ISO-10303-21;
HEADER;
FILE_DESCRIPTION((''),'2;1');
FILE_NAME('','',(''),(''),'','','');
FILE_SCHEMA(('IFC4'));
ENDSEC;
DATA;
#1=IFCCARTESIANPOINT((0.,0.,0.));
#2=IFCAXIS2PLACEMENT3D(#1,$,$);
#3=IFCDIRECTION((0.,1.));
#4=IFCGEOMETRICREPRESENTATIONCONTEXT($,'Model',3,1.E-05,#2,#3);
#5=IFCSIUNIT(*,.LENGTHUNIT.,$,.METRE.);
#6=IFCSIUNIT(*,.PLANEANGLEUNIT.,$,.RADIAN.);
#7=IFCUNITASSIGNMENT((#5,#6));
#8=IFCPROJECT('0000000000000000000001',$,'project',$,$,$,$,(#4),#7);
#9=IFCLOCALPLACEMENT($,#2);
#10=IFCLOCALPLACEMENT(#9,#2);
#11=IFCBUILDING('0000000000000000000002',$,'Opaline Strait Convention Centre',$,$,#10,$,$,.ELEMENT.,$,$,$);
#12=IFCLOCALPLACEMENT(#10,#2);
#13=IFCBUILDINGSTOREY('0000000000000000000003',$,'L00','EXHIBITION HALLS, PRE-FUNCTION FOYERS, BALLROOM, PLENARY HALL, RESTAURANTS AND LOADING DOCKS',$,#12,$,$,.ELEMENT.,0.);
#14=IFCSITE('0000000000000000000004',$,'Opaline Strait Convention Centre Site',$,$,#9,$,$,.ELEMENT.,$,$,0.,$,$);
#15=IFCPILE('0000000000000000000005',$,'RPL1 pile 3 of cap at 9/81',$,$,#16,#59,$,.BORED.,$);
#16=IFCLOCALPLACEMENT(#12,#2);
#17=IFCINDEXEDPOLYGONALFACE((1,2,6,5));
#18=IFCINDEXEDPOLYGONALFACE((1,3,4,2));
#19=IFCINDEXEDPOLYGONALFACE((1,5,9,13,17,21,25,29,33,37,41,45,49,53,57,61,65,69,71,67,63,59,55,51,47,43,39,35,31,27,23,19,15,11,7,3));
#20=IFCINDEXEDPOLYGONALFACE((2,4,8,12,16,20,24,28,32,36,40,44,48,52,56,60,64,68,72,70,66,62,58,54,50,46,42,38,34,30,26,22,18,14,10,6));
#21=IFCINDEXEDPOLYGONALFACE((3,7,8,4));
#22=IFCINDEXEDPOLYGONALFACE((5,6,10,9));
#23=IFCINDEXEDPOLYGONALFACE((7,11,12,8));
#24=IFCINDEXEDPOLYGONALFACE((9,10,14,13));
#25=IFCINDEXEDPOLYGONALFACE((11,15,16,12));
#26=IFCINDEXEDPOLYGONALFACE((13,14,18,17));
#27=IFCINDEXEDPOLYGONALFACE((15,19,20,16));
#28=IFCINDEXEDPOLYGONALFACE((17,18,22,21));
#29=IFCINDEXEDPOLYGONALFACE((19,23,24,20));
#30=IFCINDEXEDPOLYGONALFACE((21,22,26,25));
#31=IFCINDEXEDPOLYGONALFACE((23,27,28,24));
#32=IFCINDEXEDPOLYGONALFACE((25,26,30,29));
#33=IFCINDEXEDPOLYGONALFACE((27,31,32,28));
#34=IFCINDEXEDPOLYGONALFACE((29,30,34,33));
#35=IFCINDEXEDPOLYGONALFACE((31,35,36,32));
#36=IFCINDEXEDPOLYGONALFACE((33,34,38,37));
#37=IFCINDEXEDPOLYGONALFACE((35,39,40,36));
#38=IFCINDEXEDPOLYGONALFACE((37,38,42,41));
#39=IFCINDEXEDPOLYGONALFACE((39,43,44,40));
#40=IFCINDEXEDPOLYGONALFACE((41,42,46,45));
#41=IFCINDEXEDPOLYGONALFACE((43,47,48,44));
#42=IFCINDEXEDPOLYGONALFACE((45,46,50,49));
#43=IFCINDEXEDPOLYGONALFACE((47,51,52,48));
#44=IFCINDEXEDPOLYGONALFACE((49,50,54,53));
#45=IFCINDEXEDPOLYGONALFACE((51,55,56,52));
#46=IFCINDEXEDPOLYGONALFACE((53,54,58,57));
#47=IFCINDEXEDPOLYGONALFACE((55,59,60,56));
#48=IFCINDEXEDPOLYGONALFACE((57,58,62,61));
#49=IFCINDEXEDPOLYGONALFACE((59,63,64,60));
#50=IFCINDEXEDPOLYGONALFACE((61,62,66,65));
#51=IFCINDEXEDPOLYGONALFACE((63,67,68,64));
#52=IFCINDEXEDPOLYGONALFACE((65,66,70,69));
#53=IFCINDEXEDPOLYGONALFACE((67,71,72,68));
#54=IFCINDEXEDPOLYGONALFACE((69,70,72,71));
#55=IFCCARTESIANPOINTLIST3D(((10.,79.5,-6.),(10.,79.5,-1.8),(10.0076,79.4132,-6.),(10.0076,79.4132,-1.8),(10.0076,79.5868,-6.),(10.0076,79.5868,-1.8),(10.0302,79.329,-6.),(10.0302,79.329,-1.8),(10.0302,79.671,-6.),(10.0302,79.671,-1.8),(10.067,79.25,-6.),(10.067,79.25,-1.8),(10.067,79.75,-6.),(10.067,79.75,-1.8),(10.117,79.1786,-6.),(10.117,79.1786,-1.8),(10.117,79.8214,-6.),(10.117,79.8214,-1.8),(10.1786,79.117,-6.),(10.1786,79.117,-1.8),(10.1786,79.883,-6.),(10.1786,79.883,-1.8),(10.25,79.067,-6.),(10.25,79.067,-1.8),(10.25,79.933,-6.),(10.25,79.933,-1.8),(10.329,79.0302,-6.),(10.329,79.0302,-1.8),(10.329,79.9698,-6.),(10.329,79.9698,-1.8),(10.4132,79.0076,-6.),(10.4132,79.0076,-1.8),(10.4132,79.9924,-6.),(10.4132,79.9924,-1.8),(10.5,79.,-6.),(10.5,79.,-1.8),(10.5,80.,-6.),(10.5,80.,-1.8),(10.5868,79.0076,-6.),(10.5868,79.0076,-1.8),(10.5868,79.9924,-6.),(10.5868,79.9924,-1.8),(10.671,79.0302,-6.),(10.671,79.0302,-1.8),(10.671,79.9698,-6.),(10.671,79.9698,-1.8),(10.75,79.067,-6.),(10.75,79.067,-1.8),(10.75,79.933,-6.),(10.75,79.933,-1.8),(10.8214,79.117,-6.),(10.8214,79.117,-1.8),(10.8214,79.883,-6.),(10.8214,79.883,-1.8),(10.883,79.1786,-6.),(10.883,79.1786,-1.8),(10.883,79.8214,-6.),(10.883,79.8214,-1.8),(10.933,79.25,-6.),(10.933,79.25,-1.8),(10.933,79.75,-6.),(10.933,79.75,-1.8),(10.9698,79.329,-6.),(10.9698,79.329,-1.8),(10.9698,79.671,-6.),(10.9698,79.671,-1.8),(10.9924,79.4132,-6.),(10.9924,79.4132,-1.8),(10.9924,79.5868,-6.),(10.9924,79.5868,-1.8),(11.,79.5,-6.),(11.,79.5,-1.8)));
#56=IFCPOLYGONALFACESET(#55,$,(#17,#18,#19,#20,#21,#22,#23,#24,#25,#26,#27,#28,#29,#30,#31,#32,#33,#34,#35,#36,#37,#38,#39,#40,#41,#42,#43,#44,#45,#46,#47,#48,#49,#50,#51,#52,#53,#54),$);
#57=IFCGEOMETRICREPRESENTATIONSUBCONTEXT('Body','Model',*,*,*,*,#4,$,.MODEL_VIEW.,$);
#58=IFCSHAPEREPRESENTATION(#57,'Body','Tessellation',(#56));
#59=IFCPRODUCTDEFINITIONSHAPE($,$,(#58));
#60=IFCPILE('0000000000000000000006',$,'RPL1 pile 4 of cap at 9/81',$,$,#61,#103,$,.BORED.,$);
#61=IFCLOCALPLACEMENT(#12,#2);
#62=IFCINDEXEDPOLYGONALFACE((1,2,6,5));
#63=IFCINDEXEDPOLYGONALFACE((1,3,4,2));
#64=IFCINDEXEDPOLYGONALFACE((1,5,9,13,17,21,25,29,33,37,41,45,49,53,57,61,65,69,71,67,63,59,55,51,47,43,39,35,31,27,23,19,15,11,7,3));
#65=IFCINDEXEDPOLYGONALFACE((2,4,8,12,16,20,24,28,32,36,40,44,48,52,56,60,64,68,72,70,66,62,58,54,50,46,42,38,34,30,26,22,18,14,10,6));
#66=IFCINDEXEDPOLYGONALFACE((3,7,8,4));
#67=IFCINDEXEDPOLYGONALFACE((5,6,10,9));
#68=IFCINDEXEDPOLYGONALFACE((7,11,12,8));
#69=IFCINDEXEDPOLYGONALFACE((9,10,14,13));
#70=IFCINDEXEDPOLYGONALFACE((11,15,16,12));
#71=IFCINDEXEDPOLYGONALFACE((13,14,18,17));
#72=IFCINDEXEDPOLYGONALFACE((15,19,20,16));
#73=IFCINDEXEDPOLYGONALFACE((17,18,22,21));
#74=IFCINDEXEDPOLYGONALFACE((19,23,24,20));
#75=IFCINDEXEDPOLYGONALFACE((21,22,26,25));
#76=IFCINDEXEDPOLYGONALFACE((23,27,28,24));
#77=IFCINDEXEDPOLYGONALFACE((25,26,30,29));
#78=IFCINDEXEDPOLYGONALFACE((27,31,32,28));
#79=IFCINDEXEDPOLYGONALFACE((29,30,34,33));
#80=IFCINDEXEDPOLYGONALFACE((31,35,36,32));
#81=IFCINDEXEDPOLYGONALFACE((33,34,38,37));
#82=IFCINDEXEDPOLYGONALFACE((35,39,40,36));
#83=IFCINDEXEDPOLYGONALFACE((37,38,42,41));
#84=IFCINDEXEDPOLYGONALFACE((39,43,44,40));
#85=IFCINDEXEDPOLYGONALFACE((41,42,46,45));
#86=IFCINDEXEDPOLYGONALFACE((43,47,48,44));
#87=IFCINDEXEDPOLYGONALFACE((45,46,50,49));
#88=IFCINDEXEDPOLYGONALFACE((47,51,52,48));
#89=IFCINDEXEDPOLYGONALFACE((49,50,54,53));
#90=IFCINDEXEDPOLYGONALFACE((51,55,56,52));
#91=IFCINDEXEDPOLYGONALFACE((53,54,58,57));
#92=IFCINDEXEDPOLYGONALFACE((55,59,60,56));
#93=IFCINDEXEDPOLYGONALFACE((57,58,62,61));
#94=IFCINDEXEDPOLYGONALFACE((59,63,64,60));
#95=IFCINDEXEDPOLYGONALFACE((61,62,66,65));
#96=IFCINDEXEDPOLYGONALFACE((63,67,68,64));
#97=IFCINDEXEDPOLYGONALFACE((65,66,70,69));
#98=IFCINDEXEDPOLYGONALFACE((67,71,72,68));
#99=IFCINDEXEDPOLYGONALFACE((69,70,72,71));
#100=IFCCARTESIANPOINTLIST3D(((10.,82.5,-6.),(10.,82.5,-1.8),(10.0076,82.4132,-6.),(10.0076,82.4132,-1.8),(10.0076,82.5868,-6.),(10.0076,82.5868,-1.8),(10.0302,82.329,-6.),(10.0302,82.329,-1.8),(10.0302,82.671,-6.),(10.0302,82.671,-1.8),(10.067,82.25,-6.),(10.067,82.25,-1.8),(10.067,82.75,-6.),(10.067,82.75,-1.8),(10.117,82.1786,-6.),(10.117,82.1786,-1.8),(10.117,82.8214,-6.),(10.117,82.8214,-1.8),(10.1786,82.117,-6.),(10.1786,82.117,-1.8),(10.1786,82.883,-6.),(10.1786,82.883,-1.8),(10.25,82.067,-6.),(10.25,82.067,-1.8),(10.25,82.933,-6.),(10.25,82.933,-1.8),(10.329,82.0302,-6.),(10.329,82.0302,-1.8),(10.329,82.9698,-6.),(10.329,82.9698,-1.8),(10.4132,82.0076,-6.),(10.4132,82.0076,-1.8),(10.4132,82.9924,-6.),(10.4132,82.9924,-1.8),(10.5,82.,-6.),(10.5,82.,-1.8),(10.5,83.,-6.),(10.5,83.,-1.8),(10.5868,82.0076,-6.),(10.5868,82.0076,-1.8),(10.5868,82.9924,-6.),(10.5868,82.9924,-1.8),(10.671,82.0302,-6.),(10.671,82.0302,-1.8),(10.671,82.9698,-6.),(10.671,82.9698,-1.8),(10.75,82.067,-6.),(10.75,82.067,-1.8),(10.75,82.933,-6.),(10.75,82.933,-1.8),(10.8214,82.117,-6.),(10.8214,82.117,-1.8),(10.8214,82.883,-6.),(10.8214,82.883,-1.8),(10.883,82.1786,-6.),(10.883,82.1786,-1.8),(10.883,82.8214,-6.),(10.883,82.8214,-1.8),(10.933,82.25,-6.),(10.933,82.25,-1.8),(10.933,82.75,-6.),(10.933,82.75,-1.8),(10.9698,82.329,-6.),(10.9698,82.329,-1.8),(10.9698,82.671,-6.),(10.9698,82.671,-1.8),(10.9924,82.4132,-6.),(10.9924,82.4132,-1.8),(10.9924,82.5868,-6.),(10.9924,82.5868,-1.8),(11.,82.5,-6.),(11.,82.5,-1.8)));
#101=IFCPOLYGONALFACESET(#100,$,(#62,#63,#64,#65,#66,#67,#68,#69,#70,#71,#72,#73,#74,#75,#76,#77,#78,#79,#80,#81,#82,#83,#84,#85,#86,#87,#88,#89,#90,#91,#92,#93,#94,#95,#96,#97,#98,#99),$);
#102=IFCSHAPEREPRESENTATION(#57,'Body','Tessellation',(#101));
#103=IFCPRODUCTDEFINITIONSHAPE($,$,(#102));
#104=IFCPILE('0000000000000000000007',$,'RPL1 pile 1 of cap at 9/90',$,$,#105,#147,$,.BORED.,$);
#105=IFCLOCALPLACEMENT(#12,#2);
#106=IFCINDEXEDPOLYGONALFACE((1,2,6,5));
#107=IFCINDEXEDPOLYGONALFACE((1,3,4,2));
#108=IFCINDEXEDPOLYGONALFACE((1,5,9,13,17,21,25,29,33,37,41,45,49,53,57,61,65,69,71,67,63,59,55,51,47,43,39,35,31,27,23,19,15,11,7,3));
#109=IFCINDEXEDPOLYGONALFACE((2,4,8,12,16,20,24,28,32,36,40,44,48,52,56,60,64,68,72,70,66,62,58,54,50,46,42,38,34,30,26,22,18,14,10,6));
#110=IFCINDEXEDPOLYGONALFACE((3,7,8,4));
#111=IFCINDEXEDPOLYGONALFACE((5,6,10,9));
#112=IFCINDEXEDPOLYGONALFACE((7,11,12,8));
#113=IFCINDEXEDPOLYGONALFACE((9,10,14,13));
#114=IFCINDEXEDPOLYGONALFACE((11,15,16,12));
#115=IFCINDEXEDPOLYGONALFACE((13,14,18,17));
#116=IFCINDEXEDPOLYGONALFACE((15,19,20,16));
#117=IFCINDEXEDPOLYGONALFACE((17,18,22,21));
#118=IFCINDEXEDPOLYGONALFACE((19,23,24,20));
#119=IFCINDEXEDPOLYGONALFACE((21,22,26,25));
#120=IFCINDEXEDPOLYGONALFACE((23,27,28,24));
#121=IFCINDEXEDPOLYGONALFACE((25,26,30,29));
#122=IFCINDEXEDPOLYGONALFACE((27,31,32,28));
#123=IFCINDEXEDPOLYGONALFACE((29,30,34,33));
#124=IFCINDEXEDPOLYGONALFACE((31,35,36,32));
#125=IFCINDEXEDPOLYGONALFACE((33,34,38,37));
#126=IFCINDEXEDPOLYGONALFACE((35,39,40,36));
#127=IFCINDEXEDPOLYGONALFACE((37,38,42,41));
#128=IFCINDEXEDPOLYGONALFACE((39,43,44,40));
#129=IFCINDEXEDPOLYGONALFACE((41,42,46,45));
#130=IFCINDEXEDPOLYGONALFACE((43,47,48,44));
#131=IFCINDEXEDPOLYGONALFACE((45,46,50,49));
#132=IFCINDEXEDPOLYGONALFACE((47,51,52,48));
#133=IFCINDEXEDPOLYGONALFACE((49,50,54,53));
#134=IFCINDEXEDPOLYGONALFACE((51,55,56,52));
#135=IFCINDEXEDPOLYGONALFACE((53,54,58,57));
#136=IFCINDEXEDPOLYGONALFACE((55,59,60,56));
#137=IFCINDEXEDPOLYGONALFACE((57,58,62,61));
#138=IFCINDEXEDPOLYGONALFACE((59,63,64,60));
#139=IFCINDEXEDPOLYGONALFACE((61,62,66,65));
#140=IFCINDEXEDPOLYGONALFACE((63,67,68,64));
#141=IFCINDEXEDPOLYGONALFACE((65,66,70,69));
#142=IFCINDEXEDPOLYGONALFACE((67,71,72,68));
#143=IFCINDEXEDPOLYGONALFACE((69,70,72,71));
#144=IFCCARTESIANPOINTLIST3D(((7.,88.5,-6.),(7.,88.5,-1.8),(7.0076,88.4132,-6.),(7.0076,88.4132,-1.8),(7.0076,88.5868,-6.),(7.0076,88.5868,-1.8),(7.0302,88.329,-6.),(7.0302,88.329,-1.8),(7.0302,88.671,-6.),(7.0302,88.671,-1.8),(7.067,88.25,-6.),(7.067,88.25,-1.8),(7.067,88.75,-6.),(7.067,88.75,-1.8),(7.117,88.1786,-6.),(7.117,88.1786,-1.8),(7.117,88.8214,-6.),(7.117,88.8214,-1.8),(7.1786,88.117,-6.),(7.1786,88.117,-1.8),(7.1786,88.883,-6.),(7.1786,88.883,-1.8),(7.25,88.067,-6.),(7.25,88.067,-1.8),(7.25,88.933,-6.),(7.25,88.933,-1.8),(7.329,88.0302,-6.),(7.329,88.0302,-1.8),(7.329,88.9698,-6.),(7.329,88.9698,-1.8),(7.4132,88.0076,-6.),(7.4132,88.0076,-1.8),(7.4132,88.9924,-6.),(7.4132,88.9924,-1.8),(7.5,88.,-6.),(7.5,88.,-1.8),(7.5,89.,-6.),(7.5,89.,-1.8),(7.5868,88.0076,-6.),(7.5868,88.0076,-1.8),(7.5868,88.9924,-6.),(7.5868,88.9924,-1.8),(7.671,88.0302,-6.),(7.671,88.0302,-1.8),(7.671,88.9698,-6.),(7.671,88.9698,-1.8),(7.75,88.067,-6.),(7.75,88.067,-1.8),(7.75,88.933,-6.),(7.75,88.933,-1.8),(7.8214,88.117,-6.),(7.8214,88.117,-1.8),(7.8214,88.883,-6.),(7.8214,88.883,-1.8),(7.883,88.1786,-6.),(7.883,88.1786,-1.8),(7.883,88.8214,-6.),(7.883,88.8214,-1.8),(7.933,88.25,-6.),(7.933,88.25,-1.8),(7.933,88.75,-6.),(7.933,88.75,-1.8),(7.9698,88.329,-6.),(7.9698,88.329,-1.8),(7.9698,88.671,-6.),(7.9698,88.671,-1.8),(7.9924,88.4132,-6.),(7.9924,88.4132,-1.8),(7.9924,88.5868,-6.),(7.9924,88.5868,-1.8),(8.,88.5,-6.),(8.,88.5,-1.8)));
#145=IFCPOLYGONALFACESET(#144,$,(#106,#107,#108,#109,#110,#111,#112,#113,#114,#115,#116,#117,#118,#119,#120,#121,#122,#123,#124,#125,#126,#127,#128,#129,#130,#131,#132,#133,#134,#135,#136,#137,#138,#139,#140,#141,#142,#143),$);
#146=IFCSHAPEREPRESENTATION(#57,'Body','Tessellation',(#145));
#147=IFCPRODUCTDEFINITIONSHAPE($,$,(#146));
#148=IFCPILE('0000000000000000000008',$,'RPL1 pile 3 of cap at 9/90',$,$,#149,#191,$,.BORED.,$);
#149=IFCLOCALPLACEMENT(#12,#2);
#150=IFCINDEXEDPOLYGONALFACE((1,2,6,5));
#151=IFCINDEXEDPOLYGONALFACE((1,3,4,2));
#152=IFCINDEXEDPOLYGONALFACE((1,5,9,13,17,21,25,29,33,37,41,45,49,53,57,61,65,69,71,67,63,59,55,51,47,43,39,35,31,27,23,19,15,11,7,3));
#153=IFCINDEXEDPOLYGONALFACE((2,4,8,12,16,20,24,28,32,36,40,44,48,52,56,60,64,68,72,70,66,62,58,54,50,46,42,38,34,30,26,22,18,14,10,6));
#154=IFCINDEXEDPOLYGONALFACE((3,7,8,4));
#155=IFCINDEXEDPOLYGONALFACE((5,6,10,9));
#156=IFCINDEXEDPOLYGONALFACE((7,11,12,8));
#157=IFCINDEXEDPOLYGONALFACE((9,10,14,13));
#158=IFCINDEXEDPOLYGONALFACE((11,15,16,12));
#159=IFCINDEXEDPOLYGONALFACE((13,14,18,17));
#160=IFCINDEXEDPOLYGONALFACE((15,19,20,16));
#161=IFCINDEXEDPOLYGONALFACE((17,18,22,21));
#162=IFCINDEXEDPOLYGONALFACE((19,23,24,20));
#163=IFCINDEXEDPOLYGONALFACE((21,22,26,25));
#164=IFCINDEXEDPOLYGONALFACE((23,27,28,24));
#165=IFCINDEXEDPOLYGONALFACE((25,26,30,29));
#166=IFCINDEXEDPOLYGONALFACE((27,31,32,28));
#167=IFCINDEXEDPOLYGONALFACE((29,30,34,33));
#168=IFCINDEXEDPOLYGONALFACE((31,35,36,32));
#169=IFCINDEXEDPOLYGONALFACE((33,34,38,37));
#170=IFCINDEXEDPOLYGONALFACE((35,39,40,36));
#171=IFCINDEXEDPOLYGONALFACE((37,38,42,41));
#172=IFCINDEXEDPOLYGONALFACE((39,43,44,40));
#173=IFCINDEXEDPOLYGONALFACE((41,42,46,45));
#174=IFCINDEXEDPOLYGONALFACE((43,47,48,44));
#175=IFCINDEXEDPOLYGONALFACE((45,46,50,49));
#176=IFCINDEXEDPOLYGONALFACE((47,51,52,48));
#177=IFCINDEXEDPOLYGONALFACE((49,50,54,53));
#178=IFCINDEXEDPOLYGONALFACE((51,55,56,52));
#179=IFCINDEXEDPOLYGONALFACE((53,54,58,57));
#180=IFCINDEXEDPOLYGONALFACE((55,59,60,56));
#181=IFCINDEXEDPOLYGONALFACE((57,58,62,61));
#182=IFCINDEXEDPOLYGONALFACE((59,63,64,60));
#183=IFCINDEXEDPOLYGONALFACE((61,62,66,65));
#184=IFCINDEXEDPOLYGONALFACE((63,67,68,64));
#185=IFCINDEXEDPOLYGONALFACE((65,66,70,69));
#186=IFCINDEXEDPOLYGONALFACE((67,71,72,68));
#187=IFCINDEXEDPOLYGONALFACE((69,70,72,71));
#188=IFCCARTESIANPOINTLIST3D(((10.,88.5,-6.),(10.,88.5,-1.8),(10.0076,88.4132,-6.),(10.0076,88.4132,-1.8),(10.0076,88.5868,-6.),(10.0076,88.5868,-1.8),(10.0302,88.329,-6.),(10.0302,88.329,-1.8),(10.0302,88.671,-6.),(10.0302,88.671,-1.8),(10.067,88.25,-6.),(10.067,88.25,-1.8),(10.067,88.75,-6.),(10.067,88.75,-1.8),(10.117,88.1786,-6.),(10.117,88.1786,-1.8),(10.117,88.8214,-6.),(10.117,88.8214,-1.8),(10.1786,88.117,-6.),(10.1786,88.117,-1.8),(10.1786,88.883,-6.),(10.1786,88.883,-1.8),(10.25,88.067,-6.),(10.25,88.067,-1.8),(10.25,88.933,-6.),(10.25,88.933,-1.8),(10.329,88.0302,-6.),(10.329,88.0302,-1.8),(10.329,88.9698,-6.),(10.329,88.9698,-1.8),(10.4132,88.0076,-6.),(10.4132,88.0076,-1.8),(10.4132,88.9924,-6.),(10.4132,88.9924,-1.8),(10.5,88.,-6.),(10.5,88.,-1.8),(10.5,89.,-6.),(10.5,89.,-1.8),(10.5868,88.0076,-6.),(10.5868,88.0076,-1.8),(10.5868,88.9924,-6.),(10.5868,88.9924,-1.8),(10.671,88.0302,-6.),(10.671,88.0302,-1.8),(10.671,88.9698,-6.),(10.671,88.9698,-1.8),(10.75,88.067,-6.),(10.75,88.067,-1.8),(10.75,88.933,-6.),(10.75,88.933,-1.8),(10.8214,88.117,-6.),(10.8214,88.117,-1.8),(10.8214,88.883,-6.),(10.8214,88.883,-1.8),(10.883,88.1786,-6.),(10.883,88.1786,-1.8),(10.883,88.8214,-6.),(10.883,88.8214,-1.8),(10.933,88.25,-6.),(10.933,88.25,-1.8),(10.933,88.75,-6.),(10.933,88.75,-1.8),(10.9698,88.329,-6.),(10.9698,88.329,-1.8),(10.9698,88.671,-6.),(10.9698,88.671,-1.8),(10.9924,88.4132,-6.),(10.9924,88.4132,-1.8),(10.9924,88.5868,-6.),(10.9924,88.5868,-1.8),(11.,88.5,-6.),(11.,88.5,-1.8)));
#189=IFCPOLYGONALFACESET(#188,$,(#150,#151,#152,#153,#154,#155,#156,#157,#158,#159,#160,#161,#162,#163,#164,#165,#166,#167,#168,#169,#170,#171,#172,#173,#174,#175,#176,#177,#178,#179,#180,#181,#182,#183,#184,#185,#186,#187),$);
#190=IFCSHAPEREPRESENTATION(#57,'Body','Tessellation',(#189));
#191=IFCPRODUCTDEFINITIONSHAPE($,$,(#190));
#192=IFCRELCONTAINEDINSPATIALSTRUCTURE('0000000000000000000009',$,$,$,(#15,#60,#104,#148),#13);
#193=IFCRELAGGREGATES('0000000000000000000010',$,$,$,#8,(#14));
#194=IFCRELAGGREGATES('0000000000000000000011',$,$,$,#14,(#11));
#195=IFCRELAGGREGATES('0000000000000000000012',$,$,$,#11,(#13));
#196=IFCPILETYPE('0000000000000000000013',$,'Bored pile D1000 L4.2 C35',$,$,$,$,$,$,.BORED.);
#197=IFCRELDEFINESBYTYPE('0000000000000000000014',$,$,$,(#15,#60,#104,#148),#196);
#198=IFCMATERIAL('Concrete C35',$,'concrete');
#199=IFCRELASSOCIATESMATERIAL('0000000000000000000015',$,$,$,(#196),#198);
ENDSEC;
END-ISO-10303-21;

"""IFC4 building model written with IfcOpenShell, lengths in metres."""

from ifc_helpers import new_model, si_unit, direction, frame, origin, origin_2d, place, context, subcontext, project, spatial, circle, extrude, material, material_profile, profile_set, type_object, element, save


model = new_model("IFC4")

# Units and contexts
model_context = context("Model", 3, precision=1e-05, world=origin(), true_north=direction((0.0, 1.0)))
body_context = subcontext(model_context, "Body", "Model", "MODEL_VIEW")
ifc_project = project(units=[si_unit("LENGTHUNIT", "METRE"), si_unit("PLANEANGLEUNIT", "RADIAN")], contexts=[model_context])

# Site, building, storey
site_placement = place(None, origin())
site = spatial("IfcSite", under=ifc_project, at=site_placement, Name="Opaline Strait Convention Centre Site", CompositionType="ELEMENT", RefElevation=0.0)
building_placement = place(site_placement, origin())
building = spatial("IfcBuilding", under=site, at=building_placement, Name="Opaline Strait Convention Centre", CompositionType="ELEMENT")
storey_placement = place(building_placement, origin())
storey = spatial("IfcBuildingStorey", under=building, at=storey_placement, Name="L00", Description="EXHIBITION HALLS, PRE-FUNCTION FOYERS, BALLROOM, PLENARY HALL, RESTAURANTS AND LOADING DOCKS", CompositionType="ELEMENT", Elevation=0.0)

# Piles
ifc_material_1 = material(Name="Concrete C35", Category="concrete")
ifc_material_profile_1 = material_profile(ifc_material_1, circle(Radius=0.5, at=origin_2d()), Name="D1000")
ifc_profile_set_1 = profile_set([ifc_material_profile_1], Name="Concrete C35")
pile_type = type_object("IfcPileType", Name="Bored pile D1000 L4.2 C35", PredefinedType="BORED", material=ifc_profile_set_1)
for number, where, z_axis, x_axis, name in (
    (1, (10.5, 79.5, -1.8), (0.0, 0.0, -1.0), (1.0, 0.0, 0.0), "RPL1 pile 3 of cap at 9/81"),
    (2, (10.5, 82.5, -1.8), (0.0, 0.0, -1.0), (1.0, 0.0, 0.0), "RPL1 pile 4 of cap at 9/81"),
    (3, (7.5, 88.5, -1.8), (0.0, 0.0, -1.0), (1.0, 0.0, 0.0), "RPL1 pile 1 of cap at 9/90"),
    (4, (10.5, 88.5, -1.8), (0.0, 0.0, -1.0), (1.0, 0.0, 0.0), "RPL1 pile 3 of cap at 9/90"),
):
    element("IfcPile", number, at=place(storey_placement, frame(where, z_axis=z_axis, x_axis=x_axis)), inside=storey, type_object=pile_type, Name=name, PredefinedType="BORED", context=body_context, shape_type="SweptSolid", body=[
        extrude(circle(Radius=0.5, at=origin_2d()), origin(), (0.0, 0.0, 1.0), 4.2),
    ])

save(model, "model.ifc")
